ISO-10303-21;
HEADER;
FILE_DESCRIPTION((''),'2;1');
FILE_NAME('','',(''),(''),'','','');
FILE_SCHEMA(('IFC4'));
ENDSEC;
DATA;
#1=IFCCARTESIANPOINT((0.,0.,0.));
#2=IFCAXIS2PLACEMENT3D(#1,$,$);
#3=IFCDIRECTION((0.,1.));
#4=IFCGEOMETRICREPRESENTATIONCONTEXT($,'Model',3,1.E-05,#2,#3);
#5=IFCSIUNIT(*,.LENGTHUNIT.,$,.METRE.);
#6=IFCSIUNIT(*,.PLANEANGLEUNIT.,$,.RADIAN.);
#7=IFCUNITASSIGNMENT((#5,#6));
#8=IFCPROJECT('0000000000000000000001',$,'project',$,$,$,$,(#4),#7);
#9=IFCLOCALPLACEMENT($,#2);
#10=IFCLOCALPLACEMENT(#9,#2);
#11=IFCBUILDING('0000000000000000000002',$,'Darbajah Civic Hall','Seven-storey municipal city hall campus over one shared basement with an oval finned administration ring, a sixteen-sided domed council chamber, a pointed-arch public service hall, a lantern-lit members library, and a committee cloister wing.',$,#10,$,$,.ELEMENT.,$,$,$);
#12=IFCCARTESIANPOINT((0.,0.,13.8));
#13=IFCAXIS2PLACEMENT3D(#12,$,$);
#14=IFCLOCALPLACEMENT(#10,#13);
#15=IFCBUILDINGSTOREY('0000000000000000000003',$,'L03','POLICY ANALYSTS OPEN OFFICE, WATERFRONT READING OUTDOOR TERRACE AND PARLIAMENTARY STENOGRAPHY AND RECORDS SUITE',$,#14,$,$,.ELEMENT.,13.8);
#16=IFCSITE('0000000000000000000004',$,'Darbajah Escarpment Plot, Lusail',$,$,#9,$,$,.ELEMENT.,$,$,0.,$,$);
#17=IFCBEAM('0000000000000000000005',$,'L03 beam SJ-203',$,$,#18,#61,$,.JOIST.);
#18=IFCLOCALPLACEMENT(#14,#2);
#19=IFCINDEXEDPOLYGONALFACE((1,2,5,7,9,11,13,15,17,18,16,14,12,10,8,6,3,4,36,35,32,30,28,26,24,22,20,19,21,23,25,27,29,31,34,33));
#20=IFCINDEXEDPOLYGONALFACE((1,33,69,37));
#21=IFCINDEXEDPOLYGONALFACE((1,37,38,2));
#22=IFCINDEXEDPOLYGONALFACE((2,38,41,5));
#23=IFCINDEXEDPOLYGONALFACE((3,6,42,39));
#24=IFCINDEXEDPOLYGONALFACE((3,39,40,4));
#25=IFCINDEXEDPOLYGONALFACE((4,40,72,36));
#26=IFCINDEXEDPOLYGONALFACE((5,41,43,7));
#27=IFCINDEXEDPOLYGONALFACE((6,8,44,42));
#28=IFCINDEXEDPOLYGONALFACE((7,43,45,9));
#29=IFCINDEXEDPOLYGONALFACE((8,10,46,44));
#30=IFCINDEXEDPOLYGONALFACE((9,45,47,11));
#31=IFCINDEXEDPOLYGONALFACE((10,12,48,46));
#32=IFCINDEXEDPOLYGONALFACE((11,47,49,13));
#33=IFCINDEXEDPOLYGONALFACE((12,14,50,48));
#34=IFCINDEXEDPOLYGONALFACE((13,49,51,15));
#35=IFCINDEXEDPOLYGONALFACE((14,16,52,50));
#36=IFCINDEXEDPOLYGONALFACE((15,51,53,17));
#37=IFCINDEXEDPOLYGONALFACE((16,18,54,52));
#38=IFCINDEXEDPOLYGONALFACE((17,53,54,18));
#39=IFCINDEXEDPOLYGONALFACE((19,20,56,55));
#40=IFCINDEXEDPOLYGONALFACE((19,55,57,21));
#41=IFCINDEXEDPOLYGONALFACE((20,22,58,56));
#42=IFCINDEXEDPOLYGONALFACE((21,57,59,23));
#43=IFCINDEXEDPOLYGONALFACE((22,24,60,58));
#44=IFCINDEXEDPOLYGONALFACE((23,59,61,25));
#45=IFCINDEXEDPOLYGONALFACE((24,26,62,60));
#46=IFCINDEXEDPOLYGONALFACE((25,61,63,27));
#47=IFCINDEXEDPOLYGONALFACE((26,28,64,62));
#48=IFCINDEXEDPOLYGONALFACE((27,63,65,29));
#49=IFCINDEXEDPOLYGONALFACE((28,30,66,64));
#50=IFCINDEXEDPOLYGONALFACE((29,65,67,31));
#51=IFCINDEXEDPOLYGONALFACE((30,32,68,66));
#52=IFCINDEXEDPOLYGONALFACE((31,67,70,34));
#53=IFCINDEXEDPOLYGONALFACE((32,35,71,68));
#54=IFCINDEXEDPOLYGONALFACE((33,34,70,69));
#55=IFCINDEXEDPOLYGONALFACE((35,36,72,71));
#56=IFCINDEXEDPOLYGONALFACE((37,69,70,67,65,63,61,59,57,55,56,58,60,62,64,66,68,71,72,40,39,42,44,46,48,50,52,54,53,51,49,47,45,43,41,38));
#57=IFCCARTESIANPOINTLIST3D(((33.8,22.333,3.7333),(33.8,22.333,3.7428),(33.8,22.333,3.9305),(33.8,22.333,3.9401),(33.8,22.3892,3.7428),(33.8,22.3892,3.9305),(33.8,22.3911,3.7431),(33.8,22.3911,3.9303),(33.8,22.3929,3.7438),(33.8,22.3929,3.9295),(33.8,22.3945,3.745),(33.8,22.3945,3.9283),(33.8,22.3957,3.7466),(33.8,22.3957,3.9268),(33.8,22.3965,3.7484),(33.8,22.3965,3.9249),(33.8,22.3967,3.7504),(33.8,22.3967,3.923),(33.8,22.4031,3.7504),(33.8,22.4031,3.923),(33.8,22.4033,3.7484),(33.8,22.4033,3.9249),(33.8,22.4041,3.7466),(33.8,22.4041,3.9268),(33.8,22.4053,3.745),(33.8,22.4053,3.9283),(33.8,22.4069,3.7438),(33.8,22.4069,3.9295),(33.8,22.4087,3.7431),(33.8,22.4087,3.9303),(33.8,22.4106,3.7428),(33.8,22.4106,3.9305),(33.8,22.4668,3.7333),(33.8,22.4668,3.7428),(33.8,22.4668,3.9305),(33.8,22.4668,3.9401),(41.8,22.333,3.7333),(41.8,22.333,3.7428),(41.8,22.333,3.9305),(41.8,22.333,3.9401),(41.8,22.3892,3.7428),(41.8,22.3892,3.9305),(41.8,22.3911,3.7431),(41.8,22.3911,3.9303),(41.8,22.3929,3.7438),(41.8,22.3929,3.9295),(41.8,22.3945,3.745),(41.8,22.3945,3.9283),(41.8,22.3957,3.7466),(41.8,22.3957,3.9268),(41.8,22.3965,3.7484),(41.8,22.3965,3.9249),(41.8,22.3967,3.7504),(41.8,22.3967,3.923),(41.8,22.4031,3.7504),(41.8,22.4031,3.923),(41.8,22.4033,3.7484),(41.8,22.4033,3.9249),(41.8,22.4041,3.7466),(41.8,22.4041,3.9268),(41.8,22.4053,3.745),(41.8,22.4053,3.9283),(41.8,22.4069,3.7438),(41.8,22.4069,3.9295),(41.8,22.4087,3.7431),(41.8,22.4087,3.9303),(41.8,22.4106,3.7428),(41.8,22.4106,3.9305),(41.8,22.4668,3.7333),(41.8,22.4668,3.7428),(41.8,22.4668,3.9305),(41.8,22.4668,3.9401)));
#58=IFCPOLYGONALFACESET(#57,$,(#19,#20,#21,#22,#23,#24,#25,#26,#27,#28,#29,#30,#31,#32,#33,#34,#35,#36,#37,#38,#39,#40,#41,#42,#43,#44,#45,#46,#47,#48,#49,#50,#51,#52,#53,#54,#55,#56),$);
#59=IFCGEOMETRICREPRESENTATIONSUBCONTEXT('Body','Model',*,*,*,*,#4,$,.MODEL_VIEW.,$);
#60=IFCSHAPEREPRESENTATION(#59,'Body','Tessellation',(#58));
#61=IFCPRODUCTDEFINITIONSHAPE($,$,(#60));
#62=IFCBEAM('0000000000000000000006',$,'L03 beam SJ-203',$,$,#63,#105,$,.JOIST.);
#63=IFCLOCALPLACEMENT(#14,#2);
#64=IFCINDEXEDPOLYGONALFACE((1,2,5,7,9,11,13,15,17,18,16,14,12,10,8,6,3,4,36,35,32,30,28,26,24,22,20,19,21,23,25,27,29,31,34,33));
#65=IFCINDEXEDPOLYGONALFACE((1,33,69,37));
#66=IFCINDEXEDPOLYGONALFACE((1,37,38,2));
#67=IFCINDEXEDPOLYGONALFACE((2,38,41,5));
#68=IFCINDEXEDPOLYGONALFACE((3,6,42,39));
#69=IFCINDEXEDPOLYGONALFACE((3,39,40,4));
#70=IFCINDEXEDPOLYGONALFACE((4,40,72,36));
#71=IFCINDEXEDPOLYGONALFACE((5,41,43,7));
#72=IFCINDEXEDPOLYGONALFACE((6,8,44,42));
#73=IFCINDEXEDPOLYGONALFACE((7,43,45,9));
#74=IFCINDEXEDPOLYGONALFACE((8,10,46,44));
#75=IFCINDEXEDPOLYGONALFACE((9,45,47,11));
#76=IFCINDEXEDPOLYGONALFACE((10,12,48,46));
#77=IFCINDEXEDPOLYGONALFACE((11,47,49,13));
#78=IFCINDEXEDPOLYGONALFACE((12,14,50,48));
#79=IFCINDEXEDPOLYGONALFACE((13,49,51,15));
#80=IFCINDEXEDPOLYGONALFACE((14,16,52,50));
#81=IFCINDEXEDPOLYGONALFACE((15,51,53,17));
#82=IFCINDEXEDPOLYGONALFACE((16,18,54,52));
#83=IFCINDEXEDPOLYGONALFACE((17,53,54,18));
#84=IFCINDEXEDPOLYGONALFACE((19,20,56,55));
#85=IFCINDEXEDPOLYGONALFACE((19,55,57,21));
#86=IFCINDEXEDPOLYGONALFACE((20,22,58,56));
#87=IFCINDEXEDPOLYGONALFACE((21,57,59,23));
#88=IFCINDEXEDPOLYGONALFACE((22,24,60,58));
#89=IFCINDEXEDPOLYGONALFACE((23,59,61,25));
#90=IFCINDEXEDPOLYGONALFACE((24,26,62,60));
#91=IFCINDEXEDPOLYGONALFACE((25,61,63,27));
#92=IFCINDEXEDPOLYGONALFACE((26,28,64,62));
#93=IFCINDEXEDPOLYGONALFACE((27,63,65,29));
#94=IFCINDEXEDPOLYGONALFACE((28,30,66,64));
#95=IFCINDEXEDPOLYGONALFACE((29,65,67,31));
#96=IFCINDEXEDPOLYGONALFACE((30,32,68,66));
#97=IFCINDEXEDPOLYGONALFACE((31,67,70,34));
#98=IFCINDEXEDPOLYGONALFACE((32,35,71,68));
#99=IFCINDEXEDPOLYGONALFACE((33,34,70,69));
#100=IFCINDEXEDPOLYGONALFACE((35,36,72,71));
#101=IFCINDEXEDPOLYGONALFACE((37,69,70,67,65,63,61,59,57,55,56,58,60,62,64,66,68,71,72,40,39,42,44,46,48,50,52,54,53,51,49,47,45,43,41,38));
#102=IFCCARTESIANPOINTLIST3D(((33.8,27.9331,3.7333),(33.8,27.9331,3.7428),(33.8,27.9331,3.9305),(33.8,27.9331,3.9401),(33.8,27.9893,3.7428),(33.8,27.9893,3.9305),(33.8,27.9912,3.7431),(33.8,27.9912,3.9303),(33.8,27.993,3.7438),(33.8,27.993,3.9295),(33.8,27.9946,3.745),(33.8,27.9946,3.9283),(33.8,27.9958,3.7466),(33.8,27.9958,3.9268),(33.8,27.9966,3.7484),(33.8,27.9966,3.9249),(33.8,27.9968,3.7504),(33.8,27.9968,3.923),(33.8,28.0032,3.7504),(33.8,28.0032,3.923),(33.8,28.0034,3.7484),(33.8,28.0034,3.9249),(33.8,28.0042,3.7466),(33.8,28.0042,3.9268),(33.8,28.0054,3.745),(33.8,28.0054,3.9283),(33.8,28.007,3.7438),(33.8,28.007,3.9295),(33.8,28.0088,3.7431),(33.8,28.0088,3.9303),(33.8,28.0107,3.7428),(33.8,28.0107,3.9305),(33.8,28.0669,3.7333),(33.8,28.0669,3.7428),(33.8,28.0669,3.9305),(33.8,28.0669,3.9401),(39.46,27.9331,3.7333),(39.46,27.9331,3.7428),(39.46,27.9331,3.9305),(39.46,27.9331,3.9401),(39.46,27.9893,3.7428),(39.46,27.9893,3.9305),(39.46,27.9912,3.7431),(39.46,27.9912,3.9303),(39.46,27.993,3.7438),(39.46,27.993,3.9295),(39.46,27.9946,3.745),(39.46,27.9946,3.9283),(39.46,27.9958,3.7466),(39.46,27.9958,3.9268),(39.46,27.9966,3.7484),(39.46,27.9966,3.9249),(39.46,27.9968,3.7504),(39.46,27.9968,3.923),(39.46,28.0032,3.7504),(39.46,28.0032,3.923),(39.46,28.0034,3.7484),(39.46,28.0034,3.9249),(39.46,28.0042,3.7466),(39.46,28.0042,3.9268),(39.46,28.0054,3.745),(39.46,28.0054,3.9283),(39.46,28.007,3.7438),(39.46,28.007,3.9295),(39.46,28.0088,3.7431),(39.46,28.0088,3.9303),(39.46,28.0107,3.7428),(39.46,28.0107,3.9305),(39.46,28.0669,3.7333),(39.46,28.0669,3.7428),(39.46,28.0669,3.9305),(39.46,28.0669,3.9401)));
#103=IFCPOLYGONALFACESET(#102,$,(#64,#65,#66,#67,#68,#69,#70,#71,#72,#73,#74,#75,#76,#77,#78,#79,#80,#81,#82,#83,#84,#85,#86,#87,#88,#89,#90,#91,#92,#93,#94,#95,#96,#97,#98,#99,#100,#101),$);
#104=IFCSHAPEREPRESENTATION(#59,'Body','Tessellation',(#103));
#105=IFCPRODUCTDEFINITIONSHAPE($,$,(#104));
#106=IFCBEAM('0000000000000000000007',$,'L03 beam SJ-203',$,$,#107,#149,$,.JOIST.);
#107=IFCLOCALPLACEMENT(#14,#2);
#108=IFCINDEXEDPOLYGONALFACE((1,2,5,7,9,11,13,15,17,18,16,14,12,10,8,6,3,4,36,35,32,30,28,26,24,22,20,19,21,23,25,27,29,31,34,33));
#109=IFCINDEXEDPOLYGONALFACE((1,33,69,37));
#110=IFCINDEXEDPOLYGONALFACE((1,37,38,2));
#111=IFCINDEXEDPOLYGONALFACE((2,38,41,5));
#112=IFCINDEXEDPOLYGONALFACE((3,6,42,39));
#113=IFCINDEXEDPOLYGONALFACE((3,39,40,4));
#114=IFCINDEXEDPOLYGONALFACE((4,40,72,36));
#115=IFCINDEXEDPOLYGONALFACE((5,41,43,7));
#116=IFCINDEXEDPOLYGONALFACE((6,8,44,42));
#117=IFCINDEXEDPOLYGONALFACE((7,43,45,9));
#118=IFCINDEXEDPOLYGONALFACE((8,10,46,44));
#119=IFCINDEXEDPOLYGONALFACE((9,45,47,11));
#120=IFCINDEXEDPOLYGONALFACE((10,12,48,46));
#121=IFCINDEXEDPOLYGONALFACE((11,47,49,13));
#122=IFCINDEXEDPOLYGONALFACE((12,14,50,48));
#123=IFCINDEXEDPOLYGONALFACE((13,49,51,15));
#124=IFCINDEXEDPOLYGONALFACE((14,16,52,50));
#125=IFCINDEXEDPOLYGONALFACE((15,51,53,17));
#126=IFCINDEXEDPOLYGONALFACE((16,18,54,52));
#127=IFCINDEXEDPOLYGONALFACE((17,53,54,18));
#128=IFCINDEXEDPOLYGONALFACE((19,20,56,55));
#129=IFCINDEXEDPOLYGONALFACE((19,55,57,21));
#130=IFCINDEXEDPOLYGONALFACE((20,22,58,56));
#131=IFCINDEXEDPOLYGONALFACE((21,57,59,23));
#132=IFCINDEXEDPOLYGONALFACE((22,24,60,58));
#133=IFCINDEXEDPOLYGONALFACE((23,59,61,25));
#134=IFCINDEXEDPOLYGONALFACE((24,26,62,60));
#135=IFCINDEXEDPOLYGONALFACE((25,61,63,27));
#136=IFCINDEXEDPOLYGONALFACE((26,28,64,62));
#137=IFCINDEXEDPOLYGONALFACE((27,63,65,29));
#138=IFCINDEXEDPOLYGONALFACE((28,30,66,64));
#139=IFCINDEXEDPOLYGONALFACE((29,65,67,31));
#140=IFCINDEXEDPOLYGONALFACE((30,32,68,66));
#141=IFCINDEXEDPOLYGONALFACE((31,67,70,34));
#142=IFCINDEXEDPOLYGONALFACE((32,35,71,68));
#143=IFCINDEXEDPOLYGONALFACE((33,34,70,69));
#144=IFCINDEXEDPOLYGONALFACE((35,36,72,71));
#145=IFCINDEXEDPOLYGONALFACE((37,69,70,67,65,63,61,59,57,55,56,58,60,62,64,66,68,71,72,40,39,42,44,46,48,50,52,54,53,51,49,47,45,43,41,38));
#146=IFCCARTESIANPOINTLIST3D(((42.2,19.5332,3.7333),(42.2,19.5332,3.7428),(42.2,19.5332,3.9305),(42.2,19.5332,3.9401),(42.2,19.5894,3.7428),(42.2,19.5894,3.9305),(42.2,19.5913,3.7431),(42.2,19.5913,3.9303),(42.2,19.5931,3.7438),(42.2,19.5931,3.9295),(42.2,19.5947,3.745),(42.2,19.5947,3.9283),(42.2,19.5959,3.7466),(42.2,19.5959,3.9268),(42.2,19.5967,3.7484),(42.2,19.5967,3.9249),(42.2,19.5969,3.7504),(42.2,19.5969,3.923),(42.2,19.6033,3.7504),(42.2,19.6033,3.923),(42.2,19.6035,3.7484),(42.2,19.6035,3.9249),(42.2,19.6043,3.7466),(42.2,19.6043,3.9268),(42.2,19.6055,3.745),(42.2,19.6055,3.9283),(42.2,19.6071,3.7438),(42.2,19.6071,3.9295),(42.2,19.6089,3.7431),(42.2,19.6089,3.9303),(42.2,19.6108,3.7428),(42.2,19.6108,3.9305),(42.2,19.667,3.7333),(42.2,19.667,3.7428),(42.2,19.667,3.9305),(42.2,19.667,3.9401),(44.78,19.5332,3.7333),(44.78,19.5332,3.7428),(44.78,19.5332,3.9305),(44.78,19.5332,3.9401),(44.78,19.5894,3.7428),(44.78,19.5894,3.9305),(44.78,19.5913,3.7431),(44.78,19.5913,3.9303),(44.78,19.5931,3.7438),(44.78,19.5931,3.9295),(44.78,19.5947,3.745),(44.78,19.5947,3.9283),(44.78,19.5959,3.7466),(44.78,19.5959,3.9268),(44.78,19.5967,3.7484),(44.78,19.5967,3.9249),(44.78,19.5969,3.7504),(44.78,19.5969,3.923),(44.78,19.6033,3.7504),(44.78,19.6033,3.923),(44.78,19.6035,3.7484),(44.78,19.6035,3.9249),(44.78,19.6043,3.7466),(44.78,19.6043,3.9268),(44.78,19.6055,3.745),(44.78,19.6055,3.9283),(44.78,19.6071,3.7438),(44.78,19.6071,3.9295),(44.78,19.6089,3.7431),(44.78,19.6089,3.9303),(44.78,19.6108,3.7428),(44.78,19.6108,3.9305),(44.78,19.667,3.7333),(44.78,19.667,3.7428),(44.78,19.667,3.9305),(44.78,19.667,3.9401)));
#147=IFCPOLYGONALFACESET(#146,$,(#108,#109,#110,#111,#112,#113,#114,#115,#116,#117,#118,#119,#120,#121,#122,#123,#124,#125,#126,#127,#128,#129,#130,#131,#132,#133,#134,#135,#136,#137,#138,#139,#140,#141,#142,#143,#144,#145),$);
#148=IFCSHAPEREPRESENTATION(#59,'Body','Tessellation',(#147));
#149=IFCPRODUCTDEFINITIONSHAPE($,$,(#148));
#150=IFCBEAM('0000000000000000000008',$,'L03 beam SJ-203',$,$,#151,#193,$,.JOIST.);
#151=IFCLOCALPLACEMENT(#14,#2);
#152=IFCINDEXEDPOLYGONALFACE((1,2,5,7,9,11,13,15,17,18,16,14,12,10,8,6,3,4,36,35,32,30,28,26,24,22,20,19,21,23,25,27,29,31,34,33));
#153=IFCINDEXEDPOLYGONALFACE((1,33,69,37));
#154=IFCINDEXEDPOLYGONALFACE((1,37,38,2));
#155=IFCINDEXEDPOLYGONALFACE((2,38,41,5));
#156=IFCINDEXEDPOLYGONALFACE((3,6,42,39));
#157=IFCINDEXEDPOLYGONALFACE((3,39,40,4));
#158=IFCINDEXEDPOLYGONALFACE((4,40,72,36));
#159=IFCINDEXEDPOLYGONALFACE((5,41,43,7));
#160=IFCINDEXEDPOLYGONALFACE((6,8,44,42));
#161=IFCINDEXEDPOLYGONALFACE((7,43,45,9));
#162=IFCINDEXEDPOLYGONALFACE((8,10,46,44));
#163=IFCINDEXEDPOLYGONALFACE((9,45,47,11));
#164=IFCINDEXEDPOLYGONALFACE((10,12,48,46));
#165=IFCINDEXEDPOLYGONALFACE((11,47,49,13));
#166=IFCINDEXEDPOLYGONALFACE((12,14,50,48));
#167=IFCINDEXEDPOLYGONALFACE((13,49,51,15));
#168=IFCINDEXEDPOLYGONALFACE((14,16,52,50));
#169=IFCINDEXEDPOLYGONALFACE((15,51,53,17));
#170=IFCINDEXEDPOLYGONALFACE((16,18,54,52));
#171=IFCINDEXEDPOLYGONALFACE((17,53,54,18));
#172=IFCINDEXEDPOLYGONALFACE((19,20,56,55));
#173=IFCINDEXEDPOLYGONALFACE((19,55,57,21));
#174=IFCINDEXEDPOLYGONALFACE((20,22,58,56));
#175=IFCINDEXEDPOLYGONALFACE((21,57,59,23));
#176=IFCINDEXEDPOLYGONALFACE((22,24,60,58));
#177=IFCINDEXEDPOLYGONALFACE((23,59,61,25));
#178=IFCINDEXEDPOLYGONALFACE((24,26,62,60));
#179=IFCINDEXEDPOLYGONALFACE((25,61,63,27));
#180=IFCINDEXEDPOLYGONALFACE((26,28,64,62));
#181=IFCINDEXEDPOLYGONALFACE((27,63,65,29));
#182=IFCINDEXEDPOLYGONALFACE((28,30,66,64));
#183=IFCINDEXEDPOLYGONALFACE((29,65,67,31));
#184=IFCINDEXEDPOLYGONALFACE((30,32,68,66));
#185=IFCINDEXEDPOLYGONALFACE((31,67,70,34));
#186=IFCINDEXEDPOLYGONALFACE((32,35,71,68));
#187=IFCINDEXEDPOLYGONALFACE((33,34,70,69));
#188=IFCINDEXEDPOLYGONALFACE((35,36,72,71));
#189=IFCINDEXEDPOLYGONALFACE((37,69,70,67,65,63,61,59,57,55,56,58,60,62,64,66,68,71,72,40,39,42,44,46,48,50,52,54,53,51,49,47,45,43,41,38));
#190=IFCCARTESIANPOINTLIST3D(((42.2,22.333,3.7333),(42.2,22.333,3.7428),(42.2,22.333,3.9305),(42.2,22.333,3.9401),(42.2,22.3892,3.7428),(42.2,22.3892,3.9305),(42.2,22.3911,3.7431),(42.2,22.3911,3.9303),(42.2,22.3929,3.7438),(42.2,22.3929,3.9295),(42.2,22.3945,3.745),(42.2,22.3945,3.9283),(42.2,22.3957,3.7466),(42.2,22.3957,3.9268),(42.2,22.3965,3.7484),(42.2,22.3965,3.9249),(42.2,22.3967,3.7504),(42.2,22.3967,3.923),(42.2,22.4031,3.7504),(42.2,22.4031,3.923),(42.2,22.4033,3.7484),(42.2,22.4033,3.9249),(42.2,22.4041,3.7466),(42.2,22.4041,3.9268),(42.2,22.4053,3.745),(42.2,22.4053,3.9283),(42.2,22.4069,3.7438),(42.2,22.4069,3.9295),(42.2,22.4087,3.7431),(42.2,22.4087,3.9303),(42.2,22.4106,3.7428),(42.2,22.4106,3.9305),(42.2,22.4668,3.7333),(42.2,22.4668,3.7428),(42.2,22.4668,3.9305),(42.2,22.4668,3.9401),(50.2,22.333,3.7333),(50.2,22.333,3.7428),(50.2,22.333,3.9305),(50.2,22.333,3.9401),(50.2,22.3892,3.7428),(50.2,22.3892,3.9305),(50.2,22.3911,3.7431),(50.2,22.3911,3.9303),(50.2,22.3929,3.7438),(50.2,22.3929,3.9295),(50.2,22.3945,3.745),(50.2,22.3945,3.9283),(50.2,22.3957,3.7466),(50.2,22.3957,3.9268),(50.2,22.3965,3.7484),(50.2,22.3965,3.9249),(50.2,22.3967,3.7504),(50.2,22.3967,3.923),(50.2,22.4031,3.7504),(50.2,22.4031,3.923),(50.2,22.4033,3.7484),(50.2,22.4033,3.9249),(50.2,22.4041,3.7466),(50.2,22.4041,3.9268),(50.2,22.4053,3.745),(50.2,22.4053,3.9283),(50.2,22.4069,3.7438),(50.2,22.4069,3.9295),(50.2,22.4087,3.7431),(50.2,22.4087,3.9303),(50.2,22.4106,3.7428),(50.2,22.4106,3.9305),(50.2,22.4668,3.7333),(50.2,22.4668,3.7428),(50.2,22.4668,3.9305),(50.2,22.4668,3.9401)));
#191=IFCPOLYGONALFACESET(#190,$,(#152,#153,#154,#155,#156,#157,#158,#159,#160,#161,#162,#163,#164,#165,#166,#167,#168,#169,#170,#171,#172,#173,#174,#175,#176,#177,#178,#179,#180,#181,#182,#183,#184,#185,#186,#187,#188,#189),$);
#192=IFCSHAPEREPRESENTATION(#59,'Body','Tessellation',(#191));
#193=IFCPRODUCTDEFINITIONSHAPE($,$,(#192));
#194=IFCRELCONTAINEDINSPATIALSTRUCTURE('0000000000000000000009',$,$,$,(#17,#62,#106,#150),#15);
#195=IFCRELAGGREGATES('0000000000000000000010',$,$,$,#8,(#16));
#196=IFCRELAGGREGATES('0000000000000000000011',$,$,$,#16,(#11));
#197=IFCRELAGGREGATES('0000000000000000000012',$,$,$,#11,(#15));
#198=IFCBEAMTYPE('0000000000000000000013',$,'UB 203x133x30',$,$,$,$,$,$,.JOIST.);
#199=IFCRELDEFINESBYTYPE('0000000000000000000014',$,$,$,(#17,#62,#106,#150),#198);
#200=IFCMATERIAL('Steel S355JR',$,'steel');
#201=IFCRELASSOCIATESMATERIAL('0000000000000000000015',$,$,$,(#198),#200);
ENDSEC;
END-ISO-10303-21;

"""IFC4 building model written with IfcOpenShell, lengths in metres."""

from ifc_helpers import new_model, si_unit, direction, frame, origin, origin_2d, place, context, subcontext, project, spatial, i_section, extrude, material, material_profile, profile_set, type_object, element, save


model = new_model("IFC4")

# Units and contexts
model_context = context("Model", 3, precision=1e-05, world=origin(), true_north=direction((0.0, 1.0)))
body_context = subcontext(model_context, "Body", "Model", "MODEL_VIEW")
ifc_project = project(units=[si_unit("LENGTHUNIT", "METRE"), si_unit("PLANEANGLEUNIT", "RADIAN")], contexts=[model_context])

# Site, building, storey
site_placement = place(None, origin())
site = spatial("IfcSite", under=ifc_project, at=site_placement, Name="Darbajah Escarpment Plot, Lusail", CompositionType="ELEMENT", RefElevation=0.0)
building_placement = place(site_placement, origin())
building = spatial("IfcBuilding", under=site, at=building_placement, Name="Darbajah Civic Hall", Description="Seven-storey municipal city hall campus over one shared basement with an oval finned administration ring, a sixteen-sided domed council chamber, a pointed-arch public service hall, a lantern-lit members library, and a committee cloister wing.", CompositionType="ELEMENT")
storey_placement = place(building_placement, frame((0.0, 0.0, 13.8)))
storey = spatial("IfcBuildingStorey", under=building, at=storey_placement, Name="L03", Description="POLICY ANALYSTS OPEN OFFICE, WATERFRONT READING OUTDOOR TERRACE AND PARLIAMENTARY STENOGRAPHY AND RECORDS SUITE", CompositionType="ELEMENT", Elevation=13.8)

# Beams
ifc_material_1 = material(Name="Steel S355JR", Category="steel")
ifc_material_profile_1 = material_profile(ifc_material_1, i_section(OverallWidth=0.1338, OverallDepth=0.2068, WebThickness=0.0063, FlangeThickness=0.0095, FilletRadius=0.0076, at=origin_2d()), Name="UB 203x133x30")
ifc_profile_set_1 = profile_set([ifc_material_profile_1], Name="Steel S355JR")
beam_type_1 = type_object("IfcBeamType", Name="UB 203x133x30", PredefinedType="JOIST", material=ifc_profile_set_1)
for number, where, z_axis, x_axis, name in (
    (1, (33.8, 22.3999, 3.8367), (1.0, 0.0, 0.0), (0.0, 1.0, 0.0), "L03 beam SJ-203"),
):
    element("IfcBeam", number, at=place(storey_placement, frame(where, z_axis=z_axis, x_axis=x_axis)), inside=storey, type_object=beam_type_1, Name=name, PredefinedType="JOIST", context=body_context, shape_type="SweptSolid", body=[
        extrude(i_section(OverallWidth=0.1338, OverallDepth=0.2068, WebThickness=0.0063, FlangeThickness=0.0095, FilletRadius=0.0076, at=origin_2d()), origin(), (0.0, 0.0, 1.0), 8.0),
    ])
beam_1_placement = place(storey_placement, frame((33.8, 28.0, 3.8367), z_axis=(1.0, 0.0, 0.0), x_axis=(0.0, 1.0, 0.0)))
element("IfcBeam", 2, at=beam_1_placement, inside=storey, type_object=beam_type_1, Name="L03 beam SJ-203", PredefinedType="JOIST", context=body_context, shape_type="SweptSolid", body=[
    extrude(i_section(OverallWidth=0.1338, OverallDepth=0.2068, WebThickness=0.0063, FlangeThickness=0.0095, FilletRadius=0.0076, at=origin_2d()), origin(), (0.0, 0.0, 1.0), 5.6599),
])
beam_2_placement = place(storey_placement, frame((42.2, 19.6001, 3.8367), z_axis=(1.0, 0.0, 0.0), x_axis=(0.0, 1.0, 0.0)))
element("IfcBeam", 3, at=beam_2_placement, inside=storey, type_object=beam_type_1, Name="L03 beam SJ-203", PredefinedType="JOIST", context=body_context, shape_type="SweptSolid", body=[
    extrude(i_section(OverallWidth=0.1338, OverallDepth=0.2068, WebThickness=0.0063, FlangeThickness=0.0095, FilletRadius=0.0076, at=origin_2d()), origin(), (0.0, 0.0, 1.0), 2.5801),
])
beam_3_placement = place(storey_placement, frame((42.2, 22.3999, 3.8367), z_axis=(1.0, 0.0, 0.0), x_axis=(0.0, 1.0, 0.0)))
element("IfcBeam", 4, at=beam_3_placement, inside=storey, type_object=beam_type_1, Name="L03 beam SJ-203", PredefinedType="JOIST", context=body_context, shape_type="SweptSolid", body=[
    extrude(i_section(OverallWidth=0.1338, OverallDepth=0.2068, WebThickness=0.0063, FlangeThickness=0.0095, FilletRadius=0.0076, at=origin_2d()), origin(), (0.0, 0.0, 1.0), 8.0),
])

save(model, "model.ifc")
